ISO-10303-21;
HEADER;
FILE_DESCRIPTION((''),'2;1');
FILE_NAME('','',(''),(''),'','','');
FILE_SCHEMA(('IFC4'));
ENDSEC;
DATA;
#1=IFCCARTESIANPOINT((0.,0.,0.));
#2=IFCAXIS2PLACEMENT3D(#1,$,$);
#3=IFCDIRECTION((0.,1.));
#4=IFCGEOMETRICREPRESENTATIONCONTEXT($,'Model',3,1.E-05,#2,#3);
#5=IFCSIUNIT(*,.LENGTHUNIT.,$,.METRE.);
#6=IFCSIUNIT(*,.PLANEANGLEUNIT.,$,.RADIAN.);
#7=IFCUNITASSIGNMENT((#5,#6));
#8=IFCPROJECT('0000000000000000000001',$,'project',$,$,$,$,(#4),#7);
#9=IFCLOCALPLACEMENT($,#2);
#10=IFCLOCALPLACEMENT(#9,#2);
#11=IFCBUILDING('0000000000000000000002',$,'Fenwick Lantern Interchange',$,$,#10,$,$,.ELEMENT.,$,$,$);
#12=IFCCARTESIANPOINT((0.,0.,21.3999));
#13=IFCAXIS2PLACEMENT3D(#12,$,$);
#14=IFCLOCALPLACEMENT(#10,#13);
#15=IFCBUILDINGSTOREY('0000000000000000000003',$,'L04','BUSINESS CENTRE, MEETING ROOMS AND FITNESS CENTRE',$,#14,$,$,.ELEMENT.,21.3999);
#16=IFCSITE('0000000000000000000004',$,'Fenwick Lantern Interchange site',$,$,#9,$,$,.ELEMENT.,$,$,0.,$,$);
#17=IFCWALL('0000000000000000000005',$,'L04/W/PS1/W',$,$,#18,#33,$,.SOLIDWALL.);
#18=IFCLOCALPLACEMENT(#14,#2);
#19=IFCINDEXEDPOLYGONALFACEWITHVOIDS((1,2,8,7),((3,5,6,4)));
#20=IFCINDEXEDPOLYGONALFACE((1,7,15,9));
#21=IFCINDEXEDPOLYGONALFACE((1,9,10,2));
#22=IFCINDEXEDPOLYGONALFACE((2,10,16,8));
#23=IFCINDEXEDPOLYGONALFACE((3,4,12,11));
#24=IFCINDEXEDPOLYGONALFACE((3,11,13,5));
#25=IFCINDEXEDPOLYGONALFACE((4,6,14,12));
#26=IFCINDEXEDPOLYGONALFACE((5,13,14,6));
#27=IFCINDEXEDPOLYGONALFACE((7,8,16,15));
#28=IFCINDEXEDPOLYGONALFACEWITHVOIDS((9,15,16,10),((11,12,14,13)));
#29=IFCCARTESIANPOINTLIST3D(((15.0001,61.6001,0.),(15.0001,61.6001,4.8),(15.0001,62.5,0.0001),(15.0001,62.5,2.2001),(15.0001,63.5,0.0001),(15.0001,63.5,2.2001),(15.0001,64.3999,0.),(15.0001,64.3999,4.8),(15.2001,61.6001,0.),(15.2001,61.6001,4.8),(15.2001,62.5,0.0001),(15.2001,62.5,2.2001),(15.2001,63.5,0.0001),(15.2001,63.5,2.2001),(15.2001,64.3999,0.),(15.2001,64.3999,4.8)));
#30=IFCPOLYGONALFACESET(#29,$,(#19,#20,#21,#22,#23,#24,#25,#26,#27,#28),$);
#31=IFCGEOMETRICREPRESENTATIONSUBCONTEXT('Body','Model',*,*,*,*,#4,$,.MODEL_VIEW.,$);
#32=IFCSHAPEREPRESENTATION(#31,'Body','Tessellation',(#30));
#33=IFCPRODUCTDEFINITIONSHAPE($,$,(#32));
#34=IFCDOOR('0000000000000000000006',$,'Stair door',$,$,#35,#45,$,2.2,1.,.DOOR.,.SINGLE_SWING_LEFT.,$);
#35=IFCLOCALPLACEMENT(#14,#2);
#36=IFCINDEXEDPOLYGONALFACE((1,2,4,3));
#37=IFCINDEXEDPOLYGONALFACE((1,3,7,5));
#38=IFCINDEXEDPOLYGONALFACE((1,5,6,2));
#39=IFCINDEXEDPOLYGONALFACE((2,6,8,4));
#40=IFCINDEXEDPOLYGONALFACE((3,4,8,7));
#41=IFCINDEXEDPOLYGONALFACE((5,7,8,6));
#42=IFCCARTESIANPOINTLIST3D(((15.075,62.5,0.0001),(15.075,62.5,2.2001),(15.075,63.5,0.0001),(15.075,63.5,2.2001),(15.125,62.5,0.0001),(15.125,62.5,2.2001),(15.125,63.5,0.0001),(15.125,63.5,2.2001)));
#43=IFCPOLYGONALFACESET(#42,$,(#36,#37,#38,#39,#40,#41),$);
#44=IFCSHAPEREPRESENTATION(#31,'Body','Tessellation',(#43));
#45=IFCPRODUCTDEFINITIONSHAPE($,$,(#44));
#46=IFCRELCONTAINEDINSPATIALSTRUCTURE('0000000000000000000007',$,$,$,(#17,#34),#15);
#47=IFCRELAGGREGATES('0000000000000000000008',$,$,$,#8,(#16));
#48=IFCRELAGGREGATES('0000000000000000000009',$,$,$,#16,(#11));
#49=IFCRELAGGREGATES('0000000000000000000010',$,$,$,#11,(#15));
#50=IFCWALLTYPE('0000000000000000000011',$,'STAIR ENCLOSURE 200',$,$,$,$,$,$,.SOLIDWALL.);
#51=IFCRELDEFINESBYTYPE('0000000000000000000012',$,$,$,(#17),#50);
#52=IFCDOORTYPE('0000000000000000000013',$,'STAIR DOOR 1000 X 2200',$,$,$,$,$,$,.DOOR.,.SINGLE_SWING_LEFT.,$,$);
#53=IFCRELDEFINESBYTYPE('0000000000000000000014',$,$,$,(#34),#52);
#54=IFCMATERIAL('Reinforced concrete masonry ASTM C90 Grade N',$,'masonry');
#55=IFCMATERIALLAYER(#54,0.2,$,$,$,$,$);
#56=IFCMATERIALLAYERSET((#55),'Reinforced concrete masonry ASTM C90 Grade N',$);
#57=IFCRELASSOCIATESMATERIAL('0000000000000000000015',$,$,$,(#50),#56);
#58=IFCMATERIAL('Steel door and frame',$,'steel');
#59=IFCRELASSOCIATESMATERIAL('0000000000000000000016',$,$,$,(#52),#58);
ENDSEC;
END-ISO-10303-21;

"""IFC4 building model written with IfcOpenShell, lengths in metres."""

from ifc_helpers import new_model, si_unit, direction, frame, frame_2d, origin, place, context, subcontext, project, spatial, rectangle, extrude, material, layer, layer_set, type_object, element, fill, save


model = new_model("IFC4")

# Units and contexts
model_context = context("Model", 3, precision=1e-05, world=origin(), true_north=direction((0.0, 1.0)))
body_context = subcontext(model_context, "Body", "Model", "MODEL_VIEW")
ifc_project = project(units=[si_unit("LENGTHUNIT", "METRE"), si_unit("PLANEANGLEUNIT", "RADIAN")], contexts=[model_context])

# Site, building, storey
site_placement = place(None, origin())
site = spatial("IfcSite", under=ifc_project, at=site_placement, Name="Fenwick Lantern Interchange site", CompositionType="ELEMENT", RefElevation=0.0)
building_placement = place(site_placement, origin())
building = spatial("IfcBuilding", under=site, at=building_placement, Name="Fenwick Lantern Interchange", CompositionType="ELEMENT")
storey_placement = place(building_placement, frame((0.0, 0.0, 21.3999)))
storey = spatial("IfcBuildingStorey", under=building, at=storey_placement, Name="L04", Description="BUSINESS CENTRE, MEETING ROOMS AND FITNESS CENTRE", CompositionType="ELEMENT", Elevation=21.3999)

# Shared definitions
ifc_material_1 = material(Name="Reinforced concrete masonry ASTM C90 Grade N", Category="masonry")
ifc_layer = layer(ifc_material_1, 0.2)
ifc_layer_set = layer_set([ifc_layer], Name="Reinforced concrete masonry ASTM C90 Grade N")
wall_type = type_object("IfcWallType", Name="STAIR ENCLOSURE 200", PredefinedType="SOLIDWALL", material=ifc_layer_set)

# Wall, opening, door
wall_1_placement = place(storey_placement, frame((15.1001, 64.3999, 0.0), z_axis=(0.0, 0.0, 1.0), x_axis=(0.0, -1.0, 0.0)))
wall_1 = element("IfcWall", 1, at=wall_1_placement, inside=storey, type_object=wall_type, Name="L04/W/PS1/W", PredefinedType="SOLIDWALL", context=body_context, shape_type="SweptSolid", body=[
    extrude(rectangle(XDim=2.7998, YDim=0.2, at=frame_2d((1.3999, 0.0))), origin(), (0.0, 0.0, 1.0), 4.8),
])
opening_placement = place(wall_1_placement, frame((0.8999, 0.0, 0.0)))
opening = element("IfcOpeningElement", 2, at=opening_placement, cuts=wall_1, PredefinedType="OPENING", context=body_context, shape_type="SweptSolid", body=[
    extrude(rectangle(XDim=1.0, YDim=2.2, at=frame_2d((0.5, 1.1001))), frame((0.0, 0.1099, 0.0), z_axis=(0.0, -1.0, 0.0), x_axis=(1.0, 0.0, 0.0)), (0.0, 0.0, 1.0), 0.22),
])
ifc_material_2 = material(Name="Steel door and frame", Category="steel")
door_type = type_object("IfcDoorType", Name="STAIR DOOR 1000 X 2200", OperationType="SINGLE_SWING_LEFT", PredefinedType="DOOR", material=ifc_material_2)
door_placement = place(opening_placement, origin())
door = element("IfcDoor", 3, at=door_placement, inside=storey, type_object=door_type, Name="Stair door", OperationType="SINGLE_SWING_LEFT", OverallHeight=2.2, OverallWidth=1.0, PredefinedType="DOOR", context=body_context, shape_type="SweptSolid", body=[
    extrude(rectangle(XDim=1.0, YDim=2.2, at=frame_2d((0.5, 1.1001))), frame((0.0, 0.0249, 0.0), z_axis=(0.0, -1.0, 0.0), x_axis=(1.0, 0.0, 0.0)), (0.0, 0.0, 1.0), 0.05),
])
fill(opening, door)

save(model, "model.ifc")
